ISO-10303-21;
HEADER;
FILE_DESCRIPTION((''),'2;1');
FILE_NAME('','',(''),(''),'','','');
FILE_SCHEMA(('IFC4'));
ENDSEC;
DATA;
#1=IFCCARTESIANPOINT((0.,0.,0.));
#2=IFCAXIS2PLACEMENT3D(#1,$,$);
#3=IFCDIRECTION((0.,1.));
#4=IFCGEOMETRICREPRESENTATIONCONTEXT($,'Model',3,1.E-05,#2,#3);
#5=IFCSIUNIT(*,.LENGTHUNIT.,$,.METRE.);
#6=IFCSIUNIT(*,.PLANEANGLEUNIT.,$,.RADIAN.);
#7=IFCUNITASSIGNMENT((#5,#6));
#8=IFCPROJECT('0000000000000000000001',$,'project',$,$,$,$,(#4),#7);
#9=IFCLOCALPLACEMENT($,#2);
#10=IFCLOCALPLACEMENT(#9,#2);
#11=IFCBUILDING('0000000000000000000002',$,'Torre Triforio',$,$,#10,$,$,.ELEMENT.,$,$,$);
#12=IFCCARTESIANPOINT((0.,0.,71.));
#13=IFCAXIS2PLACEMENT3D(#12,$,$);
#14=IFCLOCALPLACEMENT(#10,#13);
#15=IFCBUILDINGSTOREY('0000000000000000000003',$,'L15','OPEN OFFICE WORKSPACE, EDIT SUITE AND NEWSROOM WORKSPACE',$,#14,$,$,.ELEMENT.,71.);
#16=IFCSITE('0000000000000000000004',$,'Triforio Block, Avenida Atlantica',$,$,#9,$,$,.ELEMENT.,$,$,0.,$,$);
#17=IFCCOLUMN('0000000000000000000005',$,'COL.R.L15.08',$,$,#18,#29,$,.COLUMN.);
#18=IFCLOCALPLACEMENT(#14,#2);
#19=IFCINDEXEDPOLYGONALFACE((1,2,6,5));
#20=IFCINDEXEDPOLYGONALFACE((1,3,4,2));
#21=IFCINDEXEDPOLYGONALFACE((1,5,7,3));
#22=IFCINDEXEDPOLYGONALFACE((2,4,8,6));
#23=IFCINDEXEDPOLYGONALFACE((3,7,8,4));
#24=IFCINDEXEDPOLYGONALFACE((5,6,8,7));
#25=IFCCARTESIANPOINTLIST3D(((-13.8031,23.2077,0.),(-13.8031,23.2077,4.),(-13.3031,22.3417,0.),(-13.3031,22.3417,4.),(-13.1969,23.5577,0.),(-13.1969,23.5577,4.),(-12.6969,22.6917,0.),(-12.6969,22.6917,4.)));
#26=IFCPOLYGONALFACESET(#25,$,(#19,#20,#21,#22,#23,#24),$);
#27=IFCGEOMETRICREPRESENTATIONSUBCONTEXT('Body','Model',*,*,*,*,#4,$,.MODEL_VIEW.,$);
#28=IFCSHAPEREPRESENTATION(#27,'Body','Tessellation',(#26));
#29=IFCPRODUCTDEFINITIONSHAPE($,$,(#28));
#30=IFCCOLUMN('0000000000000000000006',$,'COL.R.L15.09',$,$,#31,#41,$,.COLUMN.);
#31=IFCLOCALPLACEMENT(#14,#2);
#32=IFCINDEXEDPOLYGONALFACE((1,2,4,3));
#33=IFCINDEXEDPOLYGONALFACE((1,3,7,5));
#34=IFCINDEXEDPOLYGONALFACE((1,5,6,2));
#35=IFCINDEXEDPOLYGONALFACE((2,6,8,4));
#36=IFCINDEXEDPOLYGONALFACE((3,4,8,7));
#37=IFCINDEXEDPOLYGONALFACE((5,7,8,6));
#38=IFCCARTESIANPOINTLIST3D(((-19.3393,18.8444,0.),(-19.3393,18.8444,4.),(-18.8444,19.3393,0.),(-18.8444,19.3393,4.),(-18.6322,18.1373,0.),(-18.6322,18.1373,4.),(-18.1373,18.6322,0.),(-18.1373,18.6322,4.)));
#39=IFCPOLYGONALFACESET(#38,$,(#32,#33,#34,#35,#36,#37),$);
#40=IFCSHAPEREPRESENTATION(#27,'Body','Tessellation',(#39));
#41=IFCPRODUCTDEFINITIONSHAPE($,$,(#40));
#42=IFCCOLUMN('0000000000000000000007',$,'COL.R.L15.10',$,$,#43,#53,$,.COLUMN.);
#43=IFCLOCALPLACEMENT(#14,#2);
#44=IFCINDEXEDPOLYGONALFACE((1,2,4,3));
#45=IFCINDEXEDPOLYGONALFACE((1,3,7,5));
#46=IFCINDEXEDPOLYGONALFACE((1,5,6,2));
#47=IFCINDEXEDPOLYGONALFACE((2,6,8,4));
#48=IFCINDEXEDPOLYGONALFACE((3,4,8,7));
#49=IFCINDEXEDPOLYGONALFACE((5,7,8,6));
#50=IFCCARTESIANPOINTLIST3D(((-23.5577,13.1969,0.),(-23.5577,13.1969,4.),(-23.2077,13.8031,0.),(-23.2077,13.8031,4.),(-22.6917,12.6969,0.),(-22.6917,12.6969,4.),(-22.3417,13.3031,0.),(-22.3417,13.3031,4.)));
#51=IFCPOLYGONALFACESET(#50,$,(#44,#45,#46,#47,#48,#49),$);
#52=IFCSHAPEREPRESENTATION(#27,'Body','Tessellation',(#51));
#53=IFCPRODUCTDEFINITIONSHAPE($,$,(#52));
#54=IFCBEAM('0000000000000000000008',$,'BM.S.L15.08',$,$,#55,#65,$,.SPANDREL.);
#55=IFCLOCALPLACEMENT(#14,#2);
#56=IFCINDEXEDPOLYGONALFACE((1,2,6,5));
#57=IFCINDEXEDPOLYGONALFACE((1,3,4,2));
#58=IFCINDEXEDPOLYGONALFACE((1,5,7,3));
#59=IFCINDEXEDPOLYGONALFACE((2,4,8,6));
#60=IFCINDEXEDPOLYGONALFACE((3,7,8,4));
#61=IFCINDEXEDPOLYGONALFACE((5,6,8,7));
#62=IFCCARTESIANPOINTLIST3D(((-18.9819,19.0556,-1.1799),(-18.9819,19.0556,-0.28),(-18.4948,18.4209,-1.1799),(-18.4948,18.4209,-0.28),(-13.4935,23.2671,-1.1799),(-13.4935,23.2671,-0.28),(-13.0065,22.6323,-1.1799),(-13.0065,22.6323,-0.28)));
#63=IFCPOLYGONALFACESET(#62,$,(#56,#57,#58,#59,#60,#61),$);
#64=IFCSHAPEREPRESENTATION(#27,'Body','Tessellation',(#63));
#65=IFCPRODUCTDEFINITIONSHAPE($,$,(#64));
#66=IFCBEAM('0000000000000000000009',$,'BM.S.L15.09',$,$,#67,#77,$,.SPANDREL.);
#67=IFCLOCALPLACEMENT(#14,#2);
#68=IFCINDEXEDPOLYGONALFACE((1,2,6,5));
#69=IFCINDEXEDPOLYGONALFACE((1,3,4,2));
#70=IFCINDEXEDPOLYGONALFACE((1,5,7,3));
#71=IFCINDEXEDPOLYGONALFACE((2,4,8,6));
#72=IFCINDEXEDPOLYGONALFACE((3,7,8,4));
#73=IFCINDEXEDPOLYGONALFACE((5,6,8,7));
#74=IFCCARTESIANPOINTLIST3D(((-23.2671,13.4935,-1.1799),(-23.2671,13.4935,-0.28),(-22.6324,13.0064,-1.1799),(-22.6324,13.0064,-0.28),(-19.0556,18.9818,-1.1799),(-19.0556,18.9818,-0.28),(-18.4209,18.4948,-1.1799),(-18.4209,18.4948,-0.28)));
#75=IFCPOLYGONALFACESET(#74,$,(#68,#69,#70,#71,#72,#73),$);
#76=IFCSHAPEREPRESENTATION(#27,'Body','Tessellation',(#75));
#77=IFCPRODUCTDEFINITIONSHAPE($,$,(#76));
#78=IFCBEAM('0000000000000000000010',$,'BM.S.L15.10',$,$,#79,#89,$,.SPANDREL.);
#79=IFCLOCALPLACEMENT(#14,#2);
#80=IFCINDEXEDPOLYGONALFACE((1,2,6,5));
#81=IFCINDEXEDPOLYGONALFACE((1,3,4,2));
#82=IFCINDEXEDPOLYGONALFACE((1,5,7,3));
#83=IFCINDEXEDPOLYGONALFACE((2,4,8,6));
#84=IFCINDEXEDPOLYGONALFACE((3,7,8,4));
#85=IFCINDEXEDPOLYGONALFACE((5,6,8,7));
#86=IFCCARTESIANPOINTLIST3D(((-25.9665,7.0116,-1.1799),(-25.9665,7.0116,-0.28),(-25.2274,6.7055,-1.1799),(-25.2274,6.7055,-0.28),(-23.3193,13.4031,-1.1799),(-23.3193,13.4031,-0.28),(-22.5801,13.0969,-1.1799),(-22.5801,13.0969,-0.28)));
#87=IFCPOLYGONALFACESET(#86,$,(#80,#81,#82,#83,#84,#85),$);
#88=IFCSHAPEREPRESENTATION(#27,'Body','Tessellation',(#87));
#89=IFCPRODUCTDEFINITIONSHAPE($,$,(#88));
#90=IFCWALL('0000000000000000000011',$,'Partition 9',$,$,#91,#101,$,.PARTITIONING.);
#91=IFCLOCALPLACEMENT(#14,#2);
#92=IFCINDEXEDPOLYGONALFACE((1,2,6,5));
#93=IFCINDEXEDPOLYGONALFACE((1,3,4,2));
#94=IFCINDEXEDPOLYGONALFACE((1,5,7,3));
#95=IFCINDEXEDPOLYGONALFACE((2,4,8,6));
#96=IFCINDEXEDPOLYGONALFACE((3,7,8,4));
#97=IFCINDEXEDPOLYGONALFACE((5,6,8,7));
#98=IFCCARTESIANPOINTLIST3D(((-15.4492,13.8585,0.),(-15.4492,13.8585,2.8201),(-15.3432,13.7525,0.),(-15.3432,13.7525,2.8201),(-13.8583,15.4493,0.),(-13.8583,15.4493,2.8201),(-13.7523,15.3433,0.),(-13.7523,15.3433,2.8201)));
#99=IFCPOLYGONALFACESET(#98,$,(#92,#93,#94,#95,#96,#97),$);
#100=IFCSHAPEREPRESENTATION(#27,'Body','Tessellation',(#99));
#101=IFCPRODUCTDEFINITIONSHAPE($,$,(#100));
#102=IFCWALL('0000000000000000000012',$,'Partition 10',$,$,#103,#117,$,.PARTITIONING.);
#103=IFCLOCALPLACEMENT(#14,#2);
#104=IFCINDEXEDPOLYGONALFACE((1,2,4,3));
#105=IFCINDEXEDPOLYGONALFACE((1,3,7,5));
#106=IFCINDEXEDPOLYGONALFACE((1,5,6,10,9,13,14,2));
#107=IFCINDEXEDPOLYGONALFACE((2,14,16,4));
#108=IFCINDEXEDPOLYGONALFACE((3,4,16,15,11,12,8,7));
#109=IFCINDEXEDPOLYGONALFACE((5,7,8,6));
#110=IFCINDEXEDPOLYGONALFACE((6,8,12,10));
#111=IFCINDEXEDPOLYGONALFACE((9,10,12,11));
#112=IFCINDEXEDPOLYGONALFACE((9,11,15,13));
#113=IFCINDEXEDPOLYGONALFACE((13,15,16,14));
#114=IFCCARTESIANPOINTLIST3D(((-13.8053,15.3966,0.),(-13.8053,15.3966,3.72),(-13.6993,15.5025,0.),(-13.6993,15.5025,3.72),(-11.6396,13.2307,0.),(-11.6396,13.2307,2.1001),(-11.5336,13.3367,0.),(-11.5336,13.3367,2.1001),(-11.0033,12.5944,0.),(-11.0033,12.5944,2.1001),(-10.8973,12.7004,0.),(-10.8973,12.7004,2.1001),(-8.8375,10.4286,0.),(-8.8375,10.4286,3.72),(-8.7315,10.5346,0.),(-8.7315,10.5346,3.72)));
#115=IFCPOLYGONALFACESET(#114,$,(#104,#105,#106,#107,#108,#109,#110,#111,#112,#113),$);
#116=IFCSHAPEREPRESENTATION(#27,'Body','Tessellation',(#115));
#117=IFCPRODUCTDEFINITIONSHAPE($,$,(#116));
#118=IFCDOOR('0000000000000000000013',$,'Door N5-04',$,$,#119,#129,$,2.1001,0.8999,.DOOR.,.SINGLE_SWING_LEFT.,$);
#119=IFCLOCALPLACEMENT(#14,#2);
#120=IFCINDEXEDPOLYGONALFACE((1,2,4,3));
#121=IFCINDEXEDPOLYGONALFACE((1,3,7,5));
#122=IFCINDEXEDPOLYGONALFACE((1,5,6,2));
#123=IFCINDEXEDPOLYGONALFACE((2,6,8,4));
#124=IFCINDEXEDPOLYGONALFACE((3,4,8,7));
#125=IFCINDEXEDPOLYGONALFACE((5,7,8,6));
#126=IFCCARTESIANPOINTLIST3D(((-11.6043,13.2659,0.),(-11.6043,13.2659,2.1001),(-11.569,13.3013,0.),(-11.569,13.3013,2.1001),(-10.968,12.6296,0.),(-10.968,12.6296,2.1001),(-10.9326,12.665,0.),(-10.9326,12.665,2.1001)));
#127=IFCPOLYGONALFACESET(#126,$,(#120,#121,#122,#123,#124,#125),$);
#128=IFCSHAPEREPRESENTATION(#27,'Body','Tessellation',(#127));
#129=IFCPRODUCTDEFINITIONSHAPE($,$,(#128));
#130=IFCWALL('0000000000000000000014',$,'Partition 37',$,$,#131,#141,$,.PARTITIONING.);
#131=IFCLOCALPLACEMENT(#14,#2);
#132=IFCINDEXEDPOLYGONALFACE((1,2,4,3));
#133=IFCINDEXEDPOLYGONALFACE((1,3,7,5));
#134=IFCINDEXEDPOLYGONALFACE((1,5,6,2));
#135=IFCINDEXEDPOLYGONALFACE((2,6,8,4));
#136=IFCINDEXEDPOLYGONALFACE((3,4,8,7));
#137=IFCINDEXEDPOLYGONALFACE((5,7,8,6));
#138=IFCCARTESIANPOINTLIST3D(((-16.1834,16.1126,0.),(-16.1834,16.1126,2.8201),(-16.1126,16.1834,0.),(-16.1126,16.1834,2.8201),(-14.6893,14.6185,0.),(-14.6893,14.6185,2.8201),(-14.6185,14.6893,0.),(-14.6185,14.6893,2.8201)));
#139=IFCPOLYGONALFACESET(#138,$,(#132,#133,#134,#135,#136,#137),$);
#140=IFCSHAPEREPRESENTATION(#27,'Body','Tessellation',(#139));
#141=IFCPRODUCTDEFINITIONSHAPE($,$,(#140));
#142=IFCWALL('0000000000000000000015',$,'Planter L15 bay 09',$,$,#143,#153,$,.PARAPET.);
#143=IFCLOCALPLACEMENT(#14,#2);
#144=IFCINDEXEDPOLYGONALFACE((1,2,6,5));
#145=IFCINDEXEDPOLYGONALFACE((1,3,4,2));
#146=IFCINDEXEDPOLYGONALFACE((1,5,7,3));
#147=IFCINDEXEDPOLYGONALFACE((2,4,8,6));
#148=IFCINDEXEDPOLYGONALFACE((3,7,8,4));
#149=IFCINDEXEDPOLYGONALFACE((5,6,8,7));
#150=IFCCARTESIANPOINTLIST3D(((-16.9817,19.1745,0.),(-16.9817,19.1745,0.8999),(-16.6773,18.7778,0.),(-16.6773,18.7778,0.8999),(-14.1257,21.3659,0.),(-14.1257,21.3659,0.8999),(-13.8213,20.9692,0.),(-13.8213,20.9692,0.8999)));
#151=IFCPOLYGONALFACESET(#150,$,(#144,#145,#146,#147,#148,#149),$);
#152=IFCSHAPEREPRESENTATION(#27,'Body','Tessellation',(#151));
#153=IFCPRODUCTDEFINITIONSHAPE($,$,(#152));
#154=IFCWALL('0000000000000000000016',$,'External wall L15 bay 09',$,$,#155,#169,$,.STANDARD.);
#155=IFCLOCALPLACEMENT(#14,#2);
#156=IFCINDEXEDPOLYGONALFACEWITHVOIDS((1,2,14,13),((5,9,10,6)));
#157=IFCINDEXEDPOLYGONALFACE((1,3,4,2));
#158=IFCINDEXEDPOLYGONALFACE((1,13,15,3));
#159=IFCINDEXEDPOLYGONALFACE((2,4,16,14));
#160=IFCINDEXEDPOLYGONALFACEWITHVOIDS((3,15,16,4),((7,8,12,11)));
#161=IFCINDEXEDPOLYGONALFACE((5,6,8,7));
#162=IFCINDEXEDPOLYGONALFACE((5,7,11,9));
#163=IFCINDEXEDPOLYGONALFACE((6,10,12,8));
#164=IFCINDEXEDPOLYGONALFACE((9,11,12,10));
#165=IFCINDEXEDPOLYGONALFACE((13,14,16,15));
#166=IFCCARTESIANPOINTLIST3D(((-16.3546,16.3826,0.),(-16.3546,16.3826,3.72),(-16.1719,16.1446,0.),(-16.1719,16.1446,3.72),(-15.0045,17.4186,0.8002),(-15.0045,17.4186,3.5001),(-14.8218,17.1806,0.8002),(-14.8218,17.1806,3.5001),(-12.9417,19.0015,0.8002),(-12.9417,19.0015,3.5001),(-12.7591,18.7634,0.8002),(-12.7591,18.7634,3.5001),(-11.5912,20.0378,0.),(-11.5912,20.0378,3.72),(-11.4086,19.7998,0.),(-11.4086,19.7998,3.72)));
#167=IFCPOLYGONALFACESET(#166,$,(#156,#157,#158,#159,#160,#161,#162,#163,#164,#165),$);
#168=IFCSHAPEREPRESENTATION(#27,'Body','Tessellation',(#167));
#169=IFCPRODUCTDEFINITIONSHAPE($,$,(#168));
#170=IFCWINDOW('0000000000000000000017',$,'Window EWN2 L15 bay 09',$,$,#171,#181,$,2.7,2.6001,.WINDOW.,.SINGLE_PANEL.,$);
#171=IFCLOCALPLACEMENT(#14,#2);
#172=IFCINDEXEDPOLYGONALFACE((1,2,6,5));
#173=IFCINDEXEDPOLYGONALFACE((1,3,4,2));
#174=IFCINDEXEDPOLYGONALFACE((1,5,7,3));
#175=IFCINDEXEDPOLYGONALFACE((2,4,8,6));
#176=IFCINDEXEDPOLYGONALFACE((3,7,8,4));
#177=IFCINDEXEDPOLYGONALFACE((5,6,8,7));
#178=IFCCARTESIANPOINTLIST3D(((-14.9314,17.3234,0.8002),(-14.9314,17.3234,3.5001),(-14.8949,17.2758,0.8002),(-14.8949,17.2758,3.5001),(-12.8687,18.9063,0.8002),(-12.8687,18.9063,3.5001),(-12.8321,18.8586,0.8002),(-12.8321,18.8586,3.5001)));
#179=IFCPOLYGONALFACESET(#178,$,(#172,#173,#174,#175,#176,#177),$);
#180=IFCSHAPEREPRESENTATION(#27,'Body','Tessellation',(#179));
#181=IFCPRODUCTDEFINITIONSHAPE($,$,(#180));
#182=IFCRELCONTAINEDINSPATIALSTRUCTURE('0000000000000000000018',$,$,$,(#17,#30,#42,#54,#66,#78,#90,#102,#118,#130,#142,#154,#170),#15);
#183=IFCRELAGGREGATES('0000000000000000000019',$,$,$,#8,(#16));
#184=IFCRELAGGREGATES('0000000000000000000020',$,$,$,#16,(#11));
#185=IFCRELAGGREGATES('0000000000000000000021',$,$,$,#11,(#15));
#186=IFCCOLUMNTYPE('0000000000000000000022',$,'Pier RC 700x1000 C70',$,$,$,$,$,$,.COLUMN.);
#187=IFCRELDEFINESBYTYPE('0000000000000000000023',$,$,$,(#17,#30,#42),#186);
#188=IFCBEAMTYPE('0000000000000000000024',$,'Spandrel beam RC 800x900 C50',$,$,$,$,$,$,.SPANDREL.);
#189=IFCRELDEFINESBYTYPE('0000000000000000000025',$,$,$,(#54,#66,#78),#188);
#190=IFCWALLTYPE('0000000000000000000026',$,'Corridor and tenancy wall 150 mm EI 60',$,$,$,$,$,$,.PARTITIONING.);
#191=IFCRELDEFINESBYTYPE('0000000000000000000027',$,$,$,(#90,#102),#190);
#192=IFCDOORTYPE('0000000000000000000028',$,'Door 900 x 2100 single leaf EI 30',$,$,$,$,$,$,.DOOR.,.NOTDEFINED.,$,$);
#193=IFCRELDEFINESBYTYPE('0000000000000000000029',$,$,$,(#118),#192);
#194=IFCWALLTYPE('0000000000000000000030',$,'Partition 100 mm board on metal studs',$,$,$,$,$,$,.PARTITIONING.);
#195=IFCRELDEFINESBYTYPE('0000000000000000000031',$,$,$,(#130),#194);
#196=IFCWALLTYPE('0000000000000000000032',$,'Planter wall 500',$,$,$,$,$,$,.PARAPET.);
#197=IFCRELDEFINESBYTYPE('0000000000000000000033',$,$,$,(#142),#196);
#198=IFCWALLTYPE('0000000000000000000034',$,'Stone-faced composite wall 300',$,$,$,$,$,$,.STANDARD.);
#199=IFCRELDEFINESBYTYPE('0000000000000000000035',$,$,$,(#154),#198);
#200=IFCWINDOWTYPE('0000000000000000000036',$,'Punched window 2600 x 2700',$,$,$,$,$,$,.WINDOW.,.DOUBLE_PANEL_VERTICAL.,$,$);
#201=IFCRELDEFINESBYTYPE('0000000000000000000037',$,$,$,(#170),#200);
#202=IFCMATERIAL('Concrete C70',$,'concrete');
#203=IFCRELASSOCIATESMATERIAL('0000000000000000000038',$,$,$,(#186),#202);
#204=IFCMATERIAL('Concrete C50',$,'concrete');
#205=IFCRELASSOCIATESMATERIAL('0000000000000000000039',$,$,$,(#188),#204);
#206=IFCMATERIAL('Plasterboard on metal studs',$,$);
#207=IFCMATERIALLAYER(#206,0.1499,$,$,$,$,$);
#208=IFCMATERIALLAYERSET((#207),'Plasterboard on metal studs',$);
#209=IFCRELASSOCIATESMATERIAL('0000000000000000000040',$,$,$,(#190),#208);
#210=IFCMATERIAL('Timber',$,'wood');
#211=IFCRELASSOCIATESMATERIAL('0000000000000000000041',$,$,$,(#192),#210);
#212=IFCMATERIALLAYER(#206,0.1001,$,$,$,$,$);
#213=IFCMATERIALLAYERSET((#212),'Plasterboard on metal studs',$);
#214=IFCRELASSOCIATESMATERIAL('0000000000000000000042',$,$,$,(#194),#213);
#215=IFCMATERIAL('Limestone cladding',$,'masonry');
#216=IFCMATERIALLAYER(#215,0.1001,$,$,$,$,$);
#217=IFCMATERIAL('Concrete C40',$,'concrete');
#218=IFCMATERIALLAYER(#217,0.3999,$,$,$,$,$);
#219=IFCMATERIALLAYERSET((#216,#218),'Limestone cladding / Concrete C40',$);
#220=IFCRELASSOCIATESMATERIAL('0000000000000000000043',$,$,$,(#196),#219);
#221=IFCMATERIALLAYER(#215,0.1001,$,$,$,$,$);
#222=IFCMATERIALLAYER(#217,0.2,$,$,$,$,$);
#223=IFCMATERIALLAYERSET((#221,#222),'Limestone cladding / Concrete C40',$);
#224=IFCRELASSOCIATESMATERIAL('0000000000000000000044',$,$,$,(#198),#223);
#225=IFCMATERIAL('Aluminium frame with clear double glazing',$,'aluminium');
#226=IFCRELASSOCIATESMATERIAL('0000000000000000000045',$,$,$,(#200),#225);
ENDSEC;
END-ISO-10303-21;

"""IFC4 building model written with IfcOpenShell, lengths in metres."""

from ifc_helpers import new_model, si_unit, direction, frame, frame_2d, origin, origin_2d, place, context, subcontext, project, spatial, rectangle, extrude, material, layer, layer_set, material_profile, profile_set, type_object, element, fill, save


model = new_model("IFC4")

# Units and contexts
model_context = context("Model", 3, precision=1e-05, world=origin(), true_north=direction((0.0, 1.0)))
body_context = subcontext(model_context, "Body", "Model", "MODEL_VIEW")
ifc_project = project(units=[si_unit("LENGTHUNIT", "METRE"), si_unit("PLANEANGLEUNIT", "RADIAN")], contexts=[model_context])

# Site, building, storey
site_placement = place(None, origin())
site = spatial("IfcSite", under=ifc_project, at=site_placement, Name="Triforio Block, Avenida Atlantica", CompositionType="ELEMENT", RefElevation=0.0)
building_placement = place(site_placement, origin())
building = spatial("IfcBuilding", under=site, at=building_placement, Name="Torre Triforio", CompositionType="ELEMENT")
storey_placement = place(building_placement, frame((0.0, 0.0, 71.0)))
storey = spatial("IfcBuildingStorey", under=building, at=storey_placement, Name="L15", Description="OPEN OFFICE WORKSPACE, EDIT SUITE AND NEWSROOM WORKSPACE", CompositionType="ELEMENT", Elevation=71.0)

# Columns
ifc_material_1 = material(Name="Concrete C70", Category="concrete")
ifc_material_profile_1 = material_profile(ifc_material_1, rectangle(XDim=0.7, YDim=1.0, at=origin_2d()), Name="RC 700x1000")
ifc_profile_set_1 = profile_set([ifc_material_profile_1], Name="Concrete C70")
column_type = type_object("IfcColumnType", Name="Pier RC 700x1000 C70", PredefinedType="COLUMN", material=ifc_profile_set_1)
for number, where, z_axis, x_axis, name in (
    (1, (-13.25, 22.9497, 0.0), (0.0, 0.0, 1.0), (-0.866025, -0.5, 0.0), "COL.R.L15.08"),
    (2, (-18.7383, 18.7383, 0.0), (0.0, 0.0, 1.0), (-0.707107, -0.707107, 0.0), "COL.R.L15.09"),
    (3, (-22.9497, 13.25, 0.0), (0.0, 0.0, 1.0), (-0.5, -0.866025, 0.0), "COL.R.L15.10"),
):
    element("IfcColumn", number, at=place(storey_placement, frame(where, z_axis=z_axis, x_axis=x_axis)), inside=storey, type_object=column_type, Name=name, PredefinedType="COLUMN", context=body_context, shape_type="SweptSolid", body=[
        extrude(rectangle(XDim=0.7, YDim=1.0, at=origin_2d()), origin(), (0.0, 0.0, 1.0), 4.0),
    ])

# Beams
ifc_material_2 = material(Name="Concrete C50", Category="concrete")
ifc_material_profile_2 = material_profile(ifc_material_2, rectangle(XDim=0.8, YDim=0.8999, at=origin_2d()), Name="RC 800x900")
ifc_profile_set_2 = profile_set([ifc_material_profile_2], Name="Concrete C50")
beam_type = type_object("IfcBeamType", Name="Spandrel beam RC 800x900 C50", PredefinedType="SPANDREL", material=ifc_profile_set_2)
for number, where, z_axis, x_axis, name in (
    (4, (-13.25, 22.9497, -0.73), (-0.793345, -0.608772, 0.0), (0.608772, -0.793345, 0.0), "BM.S.L15.08"),
    (5, (-18.7383, 18.7383, -0.73), (-0.608772, -0.793345, 0.0), (0.793345, -0.608772, 0.0), "BM.S.L15.09"),
    (6, (-22.9497, 13.25, -0.73), (-0.382662, -0.923888, 0.0), (0.923888, -0.382662, 0.0), "BM.S.L15.10"),
):
    element("IfcBeam", number, at=place(storey_placement, frame(where, z_axis=z_axis, x_axis=x_axis)), inside=storey, type_object=beam_type, Name=name, PredefinedType="SPANDREL", context=body_context, shape_type="SweptSolid", body=[
        extrude(rectangle(XDim=0.8, YDim=0.8999, at=origin_2d()), origin(), (0.0, 0.0, 1.0), 6.918),
    ])

# Wall
ifc_material_3 = material(Name="Plasterboard on metal studs")
ifc_layer_1 = layer(ifc_material_3, 0.1499)
ifc_layer_set_1 = layer_set([ifc_layer_1], Name="Plasterboard on metal studs")
wall_type_1 = type_object("IfcWallType", Name="Corridor and tenancy wall 150 mm EI 60", PredefinedType="PARTITIONING", material=ifc_layer_set_1)
wall_1_placement = place(storey_placement, frame((-15.3962, 13.8054, 0.0), z_axis=(0.0, 0.0, 1.0), x_axis=(0.707107, 0.707107, 0.0)))
element("IfcWall", 7, at=wall_1_placement, inside=storey, type_object=wall_type_1, Name="Partition 9", PredefinedType="PARTITIONING", context=body_context, shape_type="SweptSolid", body=[
    extrude(rectangle(XDim=2.2498, YDim=0.1499, at=frame_2d((1.125, 0.0))), origin(), (0.0, 0.0, 1.0), 2.8201),
])

# Wall, opening, door
wall_2_placement = place(storey_placement, frame((-13.7522, 15.4495, 0.0), z_axis=(0.0, 0.0, 1.0), x_axis=(0.707089, -0.707124, 0.0)))
wall_2 = element("IfcWall", 8, at=wall_2_placement, inside=storey, type_object=wall_type_1, Name="Partition 10", PredefinedType="PARTITIONING", context=body_context, shape_type="SweptSolid", body=[
    extrude(rectangle(XDim=7.0256, YDim=0.1499, at=frame_2d((3.5127, 0.0))), origin(), (0.0, 0.0, 1.0), 3.72),
])
opening_1_placement = place(wall_2_placement, frame((3.0627, 0.0, 0.0)))
opening_1 = element("IfcOpeningElement", 9, at=opening_1_placement, cuts=wall_2, PredefinedType="OPENING", context=body_context, shape_type="SweptSolid", body=[
    extrude(rectangle(XDim=0.8999, YDim=2.1001, at=frame_2d((0.45, 1.05))), frame((0.0, 0.085, 0.0), z_axis=(0.0, -1.0, 0.0), x_axis=(1.0, 0.0, 0.0)), (0.0, 0.0, 1.0), 0.1699),
])
ifc_material_4 = material(Name="Timber", Category="wood")
door_type_1 = type_object("IfcDoorType", Name="Door 900 x 2100 single leaf EI 30", OperationType="NOTDEFINED", PredefinedType="DOOR", material=ifc_material_4)
door_1_placement = place(opening_1_placement, origin())
door_1 = element("IfcDoor", 10, at=door_1_placement, inside=storey, type_object=door_type_1, Name="Door N5-04", OperationType="SINGLE_SWING_LEFT", OverallHeight=2.1001, OverallWidth=0.8999, PredefinedType="DOOR", context=body_context, shape_type="SweptSolid", body=[
    extrude(rectangle(XDim=0.8999, YDim=2.1001, at=frame_2d((0.45, 1.05))), frame((0.0, 0.0249, 0.0), z_axis=(0.0, -1.0, 0.0), x_axis=(1.0, 0.0, 0.0)), (0.0, 0.0, 1.0), 0.05),
])
fill(opening_1, door_1)

# Walls
ifc_layer_2 = layer(ifc_material_3, 0.1001)
ifc_layer_set_2 = layer_set([ifc_layer_2], Name="Plasterboard on metal studs")
wall_type_2 = type_object("IfcWallType", Name="Partition 100 mm board on metal studs", PredefinedType="PARTITIONING", material=ifc_layer_set_2)
wall_3_placement = place(storey_placement, frame((-14.6538, 14.6538, 0.0), z_axis=(0.0, 0.0, 1.0), x_axis=(-0.707107, 0.707107, 0.0)))
element("IfcWall", 11, at=wall_3_placement, inside=storey, type_object=wall_type_2, Name="Partition 37", PredefinedType="PARTITIONING", context=body_context, shape_type="SweptSolid", body=[
    extrude(rectangle(XDim=2.113, YDim=0.1001, at=frame_2d((1.0566, 0.0))), origin(), (0.0, 0.0, 1.0), 2.8201),
])
ifc_material_5 = material(Name="Limestone cladding", Category="masonry")
ifc_layer_3 = layer(ifc_material_5, 0.1001)
ifc_material_6 = material(Name="Concrete C40", Category="concrete")
ifc_layer_4 = layer(ifc_material_6, 0.3999)
ifc_layer_set_3 = layer_set([ifc_layer_3, ifc_layer_4], Name="Limestone cladding / Concrete C40")
wall_type_3 = type_object("IfcWallType", Name="Planter wall 500", PredefinedType="PARAPET", material=ifc_layer_set_3)
wall_4_placement = place(storey_placement, frame((-13.9736, 21.1675, 0.0), z_axis=(0.0, 0.0, 1.0), x_axis=(-0.79336, -0.608753, 0.0)))
element("IfcWall", 12, at=wall_4_placement, inside=storey, type_object=wall_type_3, Name="Planter L15 bay 09", PredefinedType="PARAPET", context=body_context, shape_type="SweptSolid", body=[
    extrude(rectangle(XDim=3.5999, YDim=0.5, at=frame_2d((1.7998, 0.0))), origin(), (0.0, 0.0, 1.0), 0.8999),
])

# Wall, opening, window
ifc_layer_5 = layer(ifc_material_5, 0.1001)
ifc_layer_6 = layer(ifc_material_6, 0.2)
ifc_layer_set_4 = layer_set([ifc_layer_5, ifc_layer_6], Name="Limestone cladding / Concrete C40")
wall_type_4 = type_object("IfcWallType", Name="Stone-faced composite wall 300", PredefinedType="STANDARD", material=ifc_layer_set_4)
wall_5_placement = place(storey_placement, frame((-11.5, 19.9187, 0.0), z_axis=(0.0, 0.0, 1.0), x_axis=(-0.79334, -0.608779, 0.0)))
wall_5 = element("IfcWall", 13, at=wall_5_placement, inside=storey, type_object=wall_type_4, Name="External wall L15 bay 09", PredefinedType="STANDARD", context=body_context, shape_type="SweptSolid", body=[
    extrude(rectangle(XDim=6.0042, YDim=0.3, at=frame_2d((3.002, 0.0))), origin(), (0.0, 0.0, 1.0), 3.72),
])
opening_2_placement = place(wall_5_placement, frame((1.7021, 0.0, 0.8)))
opening_2 = element("IfcOpeningElement", 14, at=opening_2_placement, cuts=wall_5, PredefinedType="OPENING", context=body_context, shape_type="SweptSolid", body=[
    extrude(rectangle(XDim=2.6001, YDim=2.7, at=frame_2d((1.3, 1.3501))), frame((0.0, 0.1599, 0.0), z_axis=(0.0, -1.0, 0.0), x_axis=(1.0, 0.0, 0.0)), (0.0, 0.0, 1.0), 0.3201),
])
ifc_material_7 = material(Name="Aluminium frame with clear double glazing", Category="aluminium")
window_type_1 = type_object("IfcWindowType", Name="Punched window 2600 x 2700", PartitioningType="DOUBLE_PANEL_VERTICAL", PredefinedType="WINDOW", material=ifc_material_7)
window_1_placement = place(opening_2_placement, origin())
window_1 = element("IfcWindow", 15, at=window_1_placement, inside=storey, type_object=window_type_1, Name="Window EWN2 L15 bay 09", OverallHeight=2.7, OverallWidth=2.6001, PartitioningType="SINGLE_PANEL", PredefinedType="WINDOW", context=body_context, shape_type="SweptSolid", body=[
    extrude(rectangle(XDim=2.6001, YDim=2.7, at=frame_2d((1.3, 1.3501))), frame((0.0, 0.03, 0.0), z_axis=(0.0, -1.0, 0.0), x_axis=(1.0, 0.0, 0.0)), (0.0, 0.0, 1.0), 0.0601),
])
fill(opening_2, window_1)

save(model, "model.ifc")
